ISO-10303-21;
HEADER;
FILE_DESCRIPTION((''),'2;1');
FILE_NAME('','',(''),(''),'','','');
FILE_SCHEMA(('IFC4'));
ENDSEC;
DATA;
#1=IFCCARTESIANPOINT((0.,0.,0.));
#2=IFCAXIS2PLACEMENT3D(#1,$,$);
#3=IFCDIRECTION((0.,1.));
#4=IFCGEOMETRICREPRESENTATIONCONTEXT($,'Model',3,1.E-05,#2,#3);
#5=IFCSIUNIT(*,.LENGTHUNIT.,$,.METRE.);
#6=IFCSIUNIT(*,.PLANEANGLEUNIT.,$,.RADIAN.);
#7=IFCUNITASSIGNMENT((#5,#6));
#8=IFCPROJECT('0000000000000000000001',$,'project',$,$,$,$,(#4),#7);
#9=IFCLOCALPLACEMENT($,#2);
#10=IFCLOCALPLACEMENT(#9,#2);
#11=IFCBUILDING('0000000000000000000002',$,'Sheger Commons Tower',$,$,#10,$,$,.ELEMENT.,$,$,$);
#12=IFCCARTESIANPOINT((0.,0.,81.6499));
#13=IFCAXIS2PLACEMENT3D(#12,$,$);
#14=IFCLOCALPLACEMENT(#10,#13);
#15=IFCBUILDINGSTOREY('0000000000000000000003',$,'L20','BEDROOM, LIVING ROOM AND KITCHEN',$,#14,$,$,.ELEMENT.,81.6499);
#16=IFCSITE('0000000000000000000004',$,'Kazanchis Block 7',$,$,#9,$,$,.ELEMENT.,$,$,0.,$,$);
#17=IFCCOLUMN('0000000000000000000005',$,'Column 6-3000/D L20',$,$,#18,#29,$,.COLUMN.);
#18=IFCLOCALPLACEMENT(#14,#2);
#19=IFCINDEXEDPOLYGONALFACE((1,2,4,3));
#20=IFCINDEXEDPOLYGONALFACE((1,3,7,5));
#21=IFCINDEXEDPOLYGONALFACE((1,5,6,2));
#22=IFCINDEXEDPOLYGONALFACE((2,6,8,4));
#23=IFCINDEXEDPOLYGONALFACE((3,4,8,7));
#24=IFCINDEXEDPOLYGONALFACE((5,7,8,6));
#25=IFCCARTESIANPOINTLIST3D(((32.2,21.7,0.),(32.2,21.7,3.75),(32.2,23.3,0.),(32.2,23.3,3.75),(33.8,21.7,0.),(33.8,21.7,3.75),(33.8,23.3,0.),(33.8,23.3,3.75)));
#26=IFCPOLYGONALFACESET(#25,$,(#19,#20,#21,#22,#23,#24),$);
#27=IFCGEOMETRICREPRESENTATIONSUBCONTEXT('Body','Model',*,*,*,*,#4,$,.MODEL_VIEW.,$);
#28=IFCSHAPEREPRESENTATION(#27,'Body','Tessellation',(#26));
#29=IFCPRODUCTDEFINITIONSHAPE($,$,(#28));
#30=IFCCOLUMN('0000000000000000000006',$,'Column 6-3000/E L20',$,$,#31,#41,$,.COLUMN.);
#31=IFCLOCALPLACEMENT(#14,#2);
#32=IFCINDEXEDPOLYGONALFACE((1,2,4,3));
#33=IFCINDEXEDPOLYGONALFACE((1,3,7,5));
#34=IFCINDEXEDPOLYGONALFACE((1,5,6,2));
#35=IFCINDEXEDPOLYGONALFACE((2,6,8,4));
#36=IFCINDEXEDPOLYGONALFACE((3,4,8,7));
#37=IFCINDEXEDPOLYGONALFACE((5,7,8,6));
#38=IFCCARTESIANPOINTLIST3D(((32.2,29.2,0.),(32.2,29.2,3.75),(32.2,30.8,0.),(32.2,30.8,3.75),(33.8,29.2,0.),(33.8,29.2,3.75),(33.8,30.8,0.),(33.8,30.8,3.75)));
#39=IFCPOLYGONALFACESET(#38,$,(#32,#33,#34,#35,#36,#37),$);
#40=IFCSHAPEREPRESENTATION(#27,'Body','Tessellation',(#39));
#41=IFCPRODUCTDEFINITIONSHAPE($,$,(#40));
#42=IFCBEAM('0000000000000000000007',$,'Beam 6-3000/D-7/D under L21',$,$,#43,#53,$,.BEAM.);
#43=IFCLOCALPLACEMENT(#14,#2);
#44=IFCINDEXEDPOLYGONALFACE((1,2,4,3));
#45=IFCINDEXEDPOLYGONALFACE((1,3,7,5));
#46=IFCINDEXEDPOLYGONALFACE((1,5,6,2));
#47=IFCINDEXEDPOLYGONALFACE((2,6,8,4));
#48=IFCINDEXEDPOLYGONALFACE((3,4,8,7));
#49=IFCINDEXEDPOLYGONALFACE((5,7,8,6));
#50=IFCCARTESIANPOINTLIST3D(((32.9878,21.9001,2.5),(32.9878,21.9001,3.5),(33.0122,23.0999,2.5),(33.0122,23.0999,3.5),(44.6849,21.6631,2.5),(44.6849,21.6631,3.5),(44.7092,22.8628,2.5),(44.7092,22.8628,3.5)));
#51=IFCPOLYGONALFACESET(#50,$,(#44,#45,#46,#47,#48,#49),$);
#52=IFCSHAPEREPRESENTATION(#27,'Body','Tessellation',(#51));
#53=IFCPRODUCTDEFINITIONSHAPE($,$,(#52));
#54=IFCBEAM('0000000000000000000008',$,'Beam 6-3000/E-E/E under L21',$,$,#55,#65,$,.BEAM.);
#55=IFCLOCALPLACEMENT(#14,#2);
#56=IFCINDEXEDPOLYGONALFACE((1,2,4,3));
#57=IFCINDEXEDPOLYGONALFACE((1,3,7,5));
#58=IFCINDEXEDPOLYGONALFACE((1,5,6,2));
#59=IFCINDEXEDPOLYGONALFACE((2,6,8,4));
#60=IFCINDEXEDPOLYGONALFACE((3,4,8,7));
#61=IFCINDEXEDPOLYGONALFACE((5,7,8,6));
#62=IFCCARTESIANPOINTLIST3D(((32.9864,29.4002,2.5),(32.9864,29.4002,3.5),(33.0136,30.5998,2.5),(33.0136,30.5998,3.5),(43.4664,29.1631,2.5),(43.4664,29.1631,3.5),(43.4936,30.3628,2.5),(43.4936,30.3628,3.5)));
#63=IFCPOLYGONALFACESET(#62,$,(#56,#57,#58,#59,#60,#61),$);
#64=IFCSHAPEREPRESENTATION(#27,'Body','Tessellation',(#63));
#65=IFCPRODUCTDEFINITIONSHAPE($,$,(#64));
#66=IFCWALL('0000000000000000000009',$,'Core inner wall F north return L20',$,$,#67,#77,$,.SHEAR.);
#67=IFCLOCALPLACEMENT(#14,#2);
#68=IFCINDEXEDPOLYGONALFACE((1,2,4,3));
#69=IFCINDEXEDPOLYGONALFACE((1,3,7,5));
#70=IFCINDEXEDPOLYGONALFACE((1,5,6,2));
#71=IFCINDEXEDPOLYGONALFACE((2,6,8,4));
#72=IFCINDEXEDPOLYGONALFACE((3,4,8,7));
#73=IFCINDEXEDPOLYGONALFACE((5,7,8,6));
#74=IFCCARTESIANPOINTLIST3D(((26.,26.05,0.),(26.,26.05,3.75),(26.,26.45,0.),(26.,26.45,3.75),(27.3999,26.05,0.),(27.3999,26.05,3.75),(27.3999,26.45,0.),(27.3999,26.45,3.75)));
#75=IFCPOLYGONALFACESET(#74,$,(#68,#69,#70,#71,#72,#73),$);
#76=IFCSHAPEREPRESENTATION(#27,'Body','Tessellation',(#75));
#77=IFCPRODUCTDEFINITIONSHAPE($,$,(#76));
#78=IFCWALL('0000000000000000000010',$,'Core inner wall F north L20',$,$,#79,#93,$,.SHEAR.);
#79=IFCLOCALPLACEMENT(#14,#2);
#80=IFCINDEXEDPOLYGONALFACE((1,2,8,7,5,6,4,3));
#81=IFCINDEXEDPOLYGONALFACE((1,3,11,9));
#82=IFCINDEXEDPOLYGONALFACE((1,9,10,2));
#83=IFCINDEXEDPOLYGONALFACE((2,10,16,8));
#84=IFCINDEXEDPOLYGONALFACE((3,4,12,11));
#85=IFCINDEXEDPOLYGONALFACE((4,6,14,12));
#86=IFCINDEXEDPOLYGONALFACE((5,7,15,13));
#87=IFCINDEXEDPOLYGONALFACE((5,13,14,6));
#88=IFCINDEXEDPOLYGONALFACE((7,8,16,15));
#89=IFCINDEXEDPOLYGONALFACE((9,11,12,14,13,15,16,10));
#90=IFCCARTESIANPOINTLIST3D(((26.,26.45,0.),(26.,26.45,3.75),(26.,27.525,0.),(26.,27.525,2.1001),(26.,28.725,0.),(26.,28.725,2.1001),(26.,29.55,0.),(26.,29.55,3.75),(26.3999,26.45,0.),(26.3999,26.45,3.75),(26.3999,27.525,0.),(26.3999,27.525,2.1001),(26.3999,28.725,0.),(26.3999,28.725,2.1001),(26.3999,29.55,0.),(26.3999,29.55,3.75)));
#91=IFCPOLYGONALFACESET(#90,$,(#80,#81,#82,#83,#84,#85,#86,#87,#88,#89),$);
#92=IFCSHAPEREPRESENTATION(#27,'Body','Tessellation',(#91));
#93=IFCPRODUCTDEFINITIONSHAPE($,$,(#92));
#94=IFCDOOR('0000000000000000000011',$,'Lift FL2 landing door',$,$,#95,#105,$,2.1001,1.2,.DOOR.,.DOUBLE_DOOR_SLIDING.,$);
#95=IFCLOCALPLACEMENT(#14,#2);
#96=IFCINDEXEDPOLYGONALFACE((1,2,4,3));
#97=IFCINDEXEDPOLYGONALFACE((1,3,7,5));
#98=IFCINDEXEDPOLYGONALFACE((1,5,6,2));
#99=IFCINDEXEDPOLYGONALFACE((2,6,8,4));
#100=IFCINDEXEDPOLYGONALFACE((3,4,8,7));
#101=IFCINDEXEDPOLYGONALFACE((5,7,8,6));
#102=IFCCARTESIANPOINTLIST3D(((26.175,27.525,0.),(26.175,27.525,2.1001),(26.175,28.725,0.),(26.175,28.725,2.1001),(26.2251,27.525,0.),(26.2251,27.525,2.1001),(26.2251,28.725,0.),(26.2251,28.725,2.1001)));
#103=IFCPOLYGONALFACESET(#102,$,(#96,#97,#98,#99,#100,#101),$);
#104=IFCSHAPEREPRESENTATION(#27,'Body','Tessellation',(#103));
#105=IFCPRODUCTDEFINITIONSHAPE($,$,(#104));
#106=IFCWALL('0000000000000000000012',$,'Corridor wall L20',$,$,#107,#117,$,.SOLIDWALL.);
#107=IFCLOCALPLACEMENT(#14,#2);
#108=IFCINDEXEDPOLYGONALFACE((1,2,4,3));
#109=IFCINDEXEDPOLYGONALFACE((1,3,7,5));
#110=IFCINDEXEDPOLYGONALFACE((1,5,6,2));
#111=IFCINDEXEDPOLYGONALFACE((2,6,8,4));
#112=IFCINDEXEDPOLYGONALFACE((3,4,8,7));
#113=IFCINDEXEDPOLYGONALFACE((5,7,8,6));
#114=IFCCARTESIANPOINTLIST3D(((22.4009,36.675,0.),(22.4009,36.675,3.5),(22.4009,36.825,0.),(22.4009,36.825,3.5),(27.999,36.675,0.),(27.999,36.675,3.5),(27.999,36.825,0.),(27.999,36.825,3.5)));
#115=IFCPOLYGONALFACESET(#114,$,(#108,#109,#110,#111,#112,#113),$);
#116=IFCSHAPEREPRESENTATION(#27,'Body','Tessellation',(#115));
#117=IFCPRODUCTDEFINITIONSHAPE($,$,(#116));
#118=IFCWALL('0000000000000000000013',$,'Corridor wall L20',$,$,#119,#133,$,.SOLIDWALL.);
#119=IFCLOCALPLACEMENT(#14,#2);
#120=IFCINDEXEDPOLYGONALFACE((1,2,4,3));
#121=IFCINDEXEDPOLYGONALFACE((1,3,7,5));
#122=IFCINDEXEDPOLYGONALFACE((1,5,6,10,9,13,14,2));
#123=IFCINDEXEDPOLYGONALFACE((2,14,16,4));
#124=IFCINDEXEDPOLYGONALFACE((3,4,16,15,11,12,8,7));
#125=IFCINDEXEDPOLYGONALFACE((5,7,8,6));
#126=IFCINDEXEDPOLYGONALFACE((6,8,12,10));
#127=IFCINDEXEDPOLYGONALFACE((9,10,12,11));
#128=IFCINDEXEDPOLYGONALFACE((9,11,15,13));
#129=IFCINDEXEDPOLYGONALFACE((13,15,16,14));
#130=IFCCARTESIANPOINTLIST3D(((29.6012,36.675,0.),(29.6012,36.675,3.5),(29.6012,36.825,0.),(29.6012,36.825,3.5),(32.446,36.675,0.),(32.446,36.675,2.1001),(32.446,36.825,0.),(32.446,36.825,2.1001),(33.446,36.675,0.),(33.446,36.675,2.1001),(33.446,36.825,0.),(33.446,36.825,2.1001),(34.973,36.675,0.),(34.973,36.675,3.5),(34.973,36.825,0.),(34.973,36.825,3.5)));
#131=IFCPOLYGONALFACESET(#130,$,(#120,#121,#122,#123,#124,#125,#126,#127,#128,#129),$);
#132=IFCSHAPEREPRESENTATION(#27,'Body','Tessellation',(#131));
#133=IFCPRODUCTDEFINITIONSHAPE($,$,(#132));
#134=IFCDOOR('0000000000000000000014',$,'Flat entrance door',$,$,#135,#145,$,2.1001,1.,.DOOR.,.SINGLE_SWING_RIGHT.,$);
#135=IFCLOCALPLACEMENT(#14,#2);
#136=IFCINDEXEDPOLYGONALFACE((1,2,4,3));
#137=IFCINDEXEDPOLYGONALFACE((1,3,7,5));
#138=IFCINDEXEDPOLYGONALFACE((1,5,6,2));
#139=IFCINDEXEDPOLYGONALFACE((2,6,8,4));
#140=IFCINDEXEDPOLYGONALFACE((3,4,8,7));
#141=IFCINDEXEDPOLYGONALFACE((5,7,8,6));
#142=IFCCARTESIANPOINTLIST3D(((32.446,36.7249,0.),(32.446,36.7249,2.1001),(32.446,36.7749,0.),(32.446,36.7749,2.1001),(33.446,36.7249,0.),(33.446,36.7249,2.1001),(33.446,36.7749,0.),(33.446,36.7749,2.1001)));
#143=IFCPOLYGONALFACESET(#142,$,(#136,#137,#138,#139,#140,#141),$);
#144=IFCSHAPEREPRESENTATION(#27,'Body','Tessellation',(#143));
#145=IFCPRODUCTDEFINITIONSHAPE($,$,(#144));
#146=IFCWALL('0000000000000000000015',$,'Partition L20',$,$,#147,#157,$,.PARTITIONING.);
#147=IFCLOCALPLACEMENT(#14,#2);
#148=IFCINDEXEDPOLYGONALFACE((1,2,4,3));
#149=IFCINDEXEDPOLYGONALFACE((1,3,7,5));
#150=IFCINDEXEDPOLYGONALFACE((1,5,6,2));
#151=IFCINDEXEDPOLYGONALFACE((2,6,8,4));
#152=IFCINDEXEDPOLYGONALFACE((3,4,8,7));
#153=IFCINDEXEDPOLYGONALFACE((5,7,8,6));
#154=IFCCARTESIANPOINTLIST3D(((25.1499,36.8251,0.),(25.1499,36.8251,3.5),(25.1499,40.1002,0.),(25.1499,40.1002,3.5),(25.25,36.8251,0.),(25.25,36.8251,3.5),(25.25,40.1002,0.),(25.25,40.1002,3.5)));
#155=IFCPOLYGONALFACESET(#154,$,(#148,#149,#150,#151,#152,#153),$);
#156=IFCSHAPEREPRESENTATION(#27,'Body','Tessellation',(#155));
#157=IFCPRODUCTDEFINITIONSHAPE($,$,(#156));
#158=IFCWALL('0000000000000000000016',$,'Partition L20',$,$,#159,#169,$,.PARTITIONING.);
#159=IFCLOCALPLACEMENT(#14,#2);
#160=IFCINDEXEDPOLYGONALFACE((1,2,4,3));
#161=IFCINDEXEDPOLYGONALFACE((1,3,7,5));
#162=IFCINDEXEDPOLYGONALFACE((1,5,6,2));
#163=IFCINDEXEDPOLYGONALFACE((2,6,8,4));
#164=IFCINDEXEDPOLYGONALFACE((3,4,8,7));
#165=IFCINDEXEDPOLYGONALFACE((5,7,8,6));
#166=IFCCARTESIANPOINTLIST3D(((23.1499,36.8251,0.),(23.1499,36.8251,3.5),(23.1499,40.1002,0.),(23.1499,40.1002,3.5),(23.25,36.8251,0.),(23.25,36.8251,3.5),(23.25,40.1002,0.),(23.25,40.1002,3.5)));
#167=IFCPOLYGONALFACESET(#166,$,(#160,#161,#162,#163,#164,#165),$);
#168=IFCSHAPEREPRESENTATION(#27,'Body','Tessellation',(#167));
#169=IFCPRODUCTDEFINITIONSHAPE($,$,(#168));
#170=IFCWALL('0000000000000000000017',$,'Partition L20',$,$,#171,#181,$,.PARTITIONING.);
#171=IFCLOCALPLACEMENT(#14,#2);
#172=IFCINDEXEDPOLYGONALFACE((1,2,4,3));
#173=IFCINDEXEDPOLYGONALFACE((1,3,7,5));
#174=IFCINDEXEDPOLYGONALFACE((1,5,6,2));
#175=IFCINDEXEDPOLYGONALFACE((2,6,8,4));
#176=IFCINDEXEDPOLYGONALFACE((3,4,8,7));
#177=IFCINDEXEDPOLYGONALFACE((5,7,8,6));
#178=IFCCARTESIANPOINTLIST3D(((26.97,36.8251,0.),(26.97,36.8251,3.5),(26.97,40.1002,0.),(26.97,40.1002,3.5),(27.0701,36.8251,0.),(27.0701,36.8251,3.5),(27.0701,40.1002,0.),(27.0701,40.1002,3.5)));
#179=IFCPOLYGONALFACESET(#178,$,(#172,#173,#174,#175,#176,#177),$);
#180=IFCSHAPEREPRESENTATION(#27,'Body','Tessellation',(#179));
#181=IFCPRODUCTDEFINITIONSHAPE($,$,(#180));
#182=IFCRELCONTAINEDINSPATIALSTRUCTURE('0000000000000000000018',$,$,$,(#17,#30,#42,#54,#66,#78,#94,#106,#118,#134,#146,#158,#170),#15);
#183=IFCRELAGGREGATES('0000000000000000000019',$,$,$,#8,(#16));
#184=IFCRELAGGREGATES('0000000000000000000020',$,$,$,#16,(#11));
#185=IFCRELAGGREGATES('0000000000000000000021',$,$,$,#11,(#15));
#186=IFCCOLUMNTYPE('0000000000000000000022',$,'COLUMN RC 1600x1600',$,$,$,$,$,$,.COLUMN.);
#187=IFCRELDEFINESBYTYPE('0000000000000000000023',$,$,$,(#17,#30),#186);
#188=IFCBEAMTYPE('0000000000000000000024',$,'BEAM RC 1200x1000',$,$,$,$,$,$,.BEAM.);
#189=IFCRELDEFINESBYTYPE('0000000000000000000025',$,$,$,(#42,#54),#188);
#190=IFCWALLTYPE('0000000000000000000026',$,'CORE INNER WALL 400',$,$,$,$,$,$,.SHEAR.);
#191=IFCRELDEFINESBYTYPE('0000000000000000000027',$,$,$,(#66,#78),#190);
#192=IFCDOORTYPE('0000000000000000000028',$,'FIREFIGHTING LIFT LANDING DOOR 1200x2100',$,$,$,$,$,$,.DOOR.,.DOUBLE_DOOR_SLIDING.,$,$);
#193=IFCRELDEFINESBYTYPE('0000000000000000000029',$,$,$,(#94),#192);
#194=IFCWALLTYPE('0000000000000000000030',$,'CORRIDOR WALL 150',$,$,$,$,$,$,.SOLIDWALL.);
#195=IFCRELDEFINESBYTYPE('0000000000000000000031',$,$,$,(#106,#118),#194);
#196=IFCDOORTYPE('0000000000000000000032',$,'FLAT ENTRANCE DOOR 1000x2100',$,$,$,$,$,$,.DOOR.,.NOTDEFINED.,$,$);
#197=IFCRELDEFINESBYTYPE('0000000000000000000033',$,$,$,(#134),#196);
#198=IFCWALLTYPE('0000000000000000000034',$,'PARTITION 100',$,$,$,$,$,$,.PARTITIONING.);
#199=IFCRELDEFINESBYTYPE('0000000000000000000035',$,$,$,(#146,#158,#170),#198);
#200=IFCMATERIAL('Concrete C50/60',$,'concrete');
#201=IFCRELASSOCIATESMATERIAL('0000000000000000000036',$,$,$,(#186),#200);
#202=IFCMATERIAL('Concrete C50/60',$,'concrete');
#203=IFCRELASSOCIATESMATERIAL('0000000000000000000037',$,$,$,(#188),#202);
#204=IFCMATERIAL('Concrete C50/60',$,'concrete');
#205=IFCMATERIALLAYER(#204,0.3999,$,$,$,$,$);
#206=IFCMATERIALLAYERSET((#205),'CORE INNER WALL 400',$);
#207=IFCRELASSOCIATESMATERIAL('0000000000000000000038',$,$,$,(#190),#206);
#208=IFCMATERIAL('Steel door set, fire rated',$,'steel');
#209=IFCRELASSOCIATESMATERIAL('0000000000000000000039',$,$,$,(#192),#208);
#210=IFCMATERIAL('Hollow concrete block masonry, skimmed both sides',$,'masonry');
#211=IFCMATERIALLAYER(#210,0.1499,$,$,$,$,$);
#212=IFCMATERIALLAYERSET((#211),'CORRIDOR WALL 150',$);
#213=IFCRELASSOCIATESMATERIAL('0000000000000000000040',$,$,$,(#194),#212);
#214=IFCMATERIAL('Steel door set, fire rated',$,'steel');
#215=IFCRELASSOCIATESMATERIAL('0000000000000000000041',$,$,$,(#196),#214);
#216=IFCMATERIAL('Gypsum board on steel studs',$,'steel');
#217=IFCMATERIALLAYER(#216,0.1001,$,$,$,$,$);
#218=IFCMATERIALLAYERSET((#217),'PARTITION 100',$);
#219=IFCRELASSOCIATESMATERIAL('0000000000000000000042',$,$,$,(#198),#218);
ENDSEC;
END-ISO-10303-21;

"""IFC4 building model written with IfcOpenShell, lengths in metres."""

from ifc_helpers import new_model, si_unit, direction, frame, frame_2d, origin, origin_2d, place, context, subcontext, project, spatial, rectangle, extrude, material, layer, layer_set, material_profile, profile_set, type_object, element, fill, save


model = new_model("IFC4")

# Units and contexts
model_context = context("Model", 3, precision=1e-05, world=origin(), true_north=direction((0.0, 1.0)))
body_context = subcontext(model_context, "Body", "Model", "MODEL_VIEW")
ifc_project = project(units=[si_unit("LENGTHUNIT", "METRE"), si_unit("PLANEANGLEUNIT", "RADIAN")], contexts=[model_context])

# Site, building, storey
site_placement = place(None, origin())
site = spatial("IfcSite", under=ifc_project, at=site_placement, Name="Kazanchis Block 7", CompositionType="ELEMENT", RefElevation=0.0)
building_placement = place(site_placement, origin())
building = spatial("IfcBuilding", under=site, at=building_placement, Name="Sheger Commons Tower", CompositionType="ELEMENT")
storey_placement = place(building_placement, frame((0.0, 0.0, 81.6499)))
storey = spatial("IfcBuildingStorey", under=building, at=storey_placement, Name="L20", Description="BEDROOM, LIVING ROOM AND KITCHEN", CompositionType="ELEMENT", Elevation=81.6499)

# Columns
ifc_material_1 = material(Name="Concrete C50/60", Category="concrete")
ifc_material_profile_1 = material_profile(ifc_material_1, rectangle(XDim=1.6001, YDim=1.6001, at=origin_2d()), Name="RC 1600x1600")
ifc_profile_set_1 = profile_set([ifc_material_profile_1], Name="Concrete C50/60")
column_type = type_object("IfcColumnType", Name="COLUMN RC 1600x1600", PredefinedType="COLUMN", material=ifc_profile_set_1)
for number, where, z_axis, x_axis, name in (
    (1, (33.0, 22.5, 0.0), (0.0, 0.0, 1.0), (1.0, 0.0, 0.0), "Column 6-3000/D L20"),
    (2, (33.0, 30.0, 0.0), (0.0, 0.0, 1.0), (1.0, 0.0, 0.0), "Column 6-3000/E L20"),
):
    element("IfcColumn", number, at=place(storey_placement, frame(where, z_axis=z_axis, x_axis=x_axis)), inside=storey, type_object=column_type, Name=name, PredefinedType="COLUMN", context=body_context, shape_type="SweptSolid", body=[
        extrude(rectangle(XDim=1.6001, YDim=1.6001, at=origin_2d()), origin(), (0.0, 0.0, 1.0), 3.75),
    ])

# Beams
ifc_material_2 = material(Name="Concrete C50/60", Category="concrete")
ifc_material_profile_2 = material_profile(ifc_material_2, rectangle(XDim=1.2, YDim=1.0, at=origin_2d()), Name="RC 1200x1000")
ifc_profile_set_2 = profile_set([ifc_material_profile_2], Name="Concrete C50/60")
beam_type = type_object("IfcBeamType", Name="BEAM RC 1200x1000", PredefinedType="BEAM", material=ifc_profile_set_2)
beam_1_placement = place(storey_placement, frame((33.0, 22.5, 3.0), z_axis=(0.999795, -0.020263, 0.0), x_axis=(0.020263, 0.999795, 0.0)))
element("IfcBeam", 3, at=beam_1_placement, inside=storey, type_object=beam_type, Name="Beam 6-3000/D-7/D under L21", PredefinedType="BEAM", context=body_context, shape_type="SweptSolid", body=[
    extrude(rectangle(XDim=1.2, YDim=1.0, at=origin_2d()), origin(), (0.0, 0.0, 1.0), 11.6995),
])
beam_2_placement = place(storey_placement, frame((33.0, 30.0, 3.0), z_axis=(0.999744, -0.022615, 0.0), x_axis=(0.022615, 0.999744, 0.0)))
element("IfcBeam", 4, at=beam_2_placement, inside=storey, type_object=beam_type, Name="Beam 6-3000/E-E/E under L21", PredefinedType="BEAM", context=body_context, shape_type="SweptSolid", body=[
    extrude(rectangle(XDim=1.2, YDim=1.0, at=origin_2d()), origin(), (0.0, 0.0, 1.0), 10.4827),
])

# Wall
ifc_material_3 = material(Name="Concrete C50/60", Category="concrete")
ifc_layer_1 = layer(ifc_material_3, 0.3999)
ifc_layer_set_1 = layer_set([ifc_layer_1], Name="CORE INNER WALL 400")
wall_type_1 = type_object("IfcWallType", Name="CORE INNER WALL 400", PredefinedType="SHEAR", material=ifc_layer_set_1)
wall_1_placement = place(storey_placement, frame((26.0, 26.25, 0.0), z_axis=(0.0, 0.0, 1.0), x_axis=(1.0, 0.0, 0.0)))
element("IfcWall", 5, at=wall_1_placement, inside=storey, type_object=wall_type_1, Name="Core inner wall F north return L20", PredefinedType="SHEAR", context=body_context, shape_type="SweptSolid", body=[
    extrude(rectangle(XDim=1.3999, YDim=0.3999, at=frame_2d((0.7, 0.0))), origin(), (0.0, 0.0, 1.0), 3.75),
])

# Wall, opening, door
wall_2_placement = place(storey_placement, frame((26.2, 26.45, 0.0), z_axis=(0.0, 0.0, 1.0), x_axis=(0.0, 1.0, 0.0)))
wall_2 = element("IfcWall", 6, at=wall_2_placement, inside=storey, type_object=wall_type_1, Name="Core inner wall F north L20", PredefinedType="SHEAR", context=body_context, shape_type="SweptSolid", body=[
    extrude(rectangle(XDim=3.1001, YDim=0.3999, at=frame_2d((1.55, 0.0))), origin(), (0.0, 0.0, 1.0), 3.75),
])
opening_1_placement = place(wall_2_placement, frame((1.075, 0.0, 0.0)))
opening_1 = element("IfcOpeningElement", 7, at=opening_1_placement, cuts=wall_2, PredefinedType="OPENING", context=body_context, shape_type="SweptSolid", body=[
    extrude(rectangle(XDim=1.2, YDim=2.1001, at=frame_2d((0.6001, 1.05))), frame((0.0, 0.21, 0.0), z_axis=(0.0, -1.0, 0.0), x_axis=(1.0, 0.0, 0.0)), (0.0, 0.0, 1.0), 0.4199),
])
ifc_material_4 = material(Name="Steel door set, fire rated", Category="steel")
door_type_1 = type_object("IfcDoorType", Name="FIREFIGHTING LIFT LANDING DOOR 1200x2100", OperationType="DOUBLE_DOOR_SLIDING", PredefinedType="DOOR", material=ifc_material_4)
door_1_placement = place(opening_1_placement, origin())
door_1 = element("IfcDoor", 8, at=door_1_placement, inside=storey, type_object=door_type_1, Name="Lift FL2 landing door", OperationType="DOUBLE_DOOR_SLIDING", OverallHeight=2.1001, OverallWidth=1.2, PredefinedType="DOOR", context=body_context, shape_type="SweptSolid", body=[
    extrude(rectangle(XDim=1.2, YDim=2.1001, at=frame_2d((0.6001, 1.05))), frame((0.0, 0.0249, 0.0), z_axis=(0.0, -1.0, 0.0), x_axis=(1.0, 0.0, 0.0)), (0.0, 0.0, 1.0), 0.05),
])
fill(opening_1, door_1)

# Wall
ifc_material_5 = material(Name="Hollow concrete block masonry, skimmed both sides", Category="masonry")
ifc_layer_2 = layer(ifc_material_5, 0.1499)
ifc_layer_set_2 = layer_set([ifc_layer_2], Name="CORRIDOR WALL 150")
wall_type_2 = type_object("IfcWallType", Name="CORRIDOR WALL 150", PredefinedType="SOLIDWALL", material=ifc_layer_set_2)
wall_3_placement = place(storey_placement, frame((22.4009, 36.75, 0.0), z_axis=(0.0, 0.0, 1.0), x_axis=(1.0, 0.0, 0.0)))
element("IfcWall", 9, at=wall_3_placement, inside=storey, type_object=wall_type_2, Name="Corridor wall L20", PredefinedType="SOLIDWALL", context=body_context, shape_type="SweptSolid", body=[
    extrude(rectangle(XDim=5.5981, YDim=0.1499, at=frame_2d((2.7991, 0.0))), origin(), (0.0, 0.0, 1.0), 3.5),
])

# Wall, opening, door
wall_4_placement = place(storey_placement, frame((29.6011, 36.75, 0.0), z_axis=(0.0, 0.0, 1.0), x_axis=(1.0, 0.0, 0.0)))
wall_4 = element("IfcWall", 10, at=wall_4_placement, inside=storey, type_object=wall_type_2, Name="Corridor wall L20", PredefinedType="SOLIDWALL", context=body_context, shape_type="SweptSolid", body=[
    extrude(rectangle(XDim=5.3718, YDim=0.1499, at=frame_2d((2.686, 0.0))), origin(), (0.0, 0.0, 1.0), 3.5),
])
opening_2_placement = place(wall_4_placement, frame((2.845, 0.0, 0.0)))
opening_2 = element("IfcOpeningElement", 11, at=opening_2_placement, cuts=wall_4, PredefinedType="OPENING", context=body_context, shape_type="SweptSolid", body=[
    extrude(rectangle(XDim=1.0, YDim=2.1001, at=frame_2d((0.5, 1.05))), frame((0.0, 0.085, 0.0), z_axis=(0.0, -1.0, 0.0), x_axis=(1.0, 0.0, 0.0)), (0.0, 0.0, 1.0), 0.1699),
])
ifc_material_6 = material(Name="Steel door set, fire rated", Category="steel")
door_type_2 = type_object("IfcDoorType", Name="FLAT ENTRANCE DOOR 1000x2100", OperationType="NOTDEFINED", PredefinedType="DOOR", material=ifc_material_6)
door_2_placement = place(opening_2_placement, origin())
door_2 = element("IfcDoor", 12, at=door_2_placement, inside=storey, type_object=door_type_2, Name="Flat entrance door", OperationType="SINGLE_SWING_RIGHT", OverallHeight=2.1001, OverallWidth=1.0, PredefinedType="DOOR", context=body_context, shape_type="SweptSolid", body=[
    extrude(rectangle(XDim=1.0, YDim=2.1001, at=frame_2d((0.5, 1.05))), frame((0.0, 0.0249, 0.0), z_axis=(0.0, -1.0, 0.0), x_axis=(1.0, 0.0, 0.0)), (0.0, 0.0, 1.0), 0.05),
])
fill(opening_2, door_2)

# Walls
ifc_material_7 = material(Name="Gypsum board on steel studs", Category="steel")
ifc_layer_3 = layer(ifc_material_7, 0.1001)
ifc_layer_set_3 = layer_set([ifc_layer_3], Name="PARTITION 100")
wall_type_3 = type_object("IfcWallType", Name="PARTITION 100", PredefinedType="PARTITIONING", material=ifc_layer_set_3)
for number, where, z_axis, x_axis, name in (
    (13, (25.2, 36.825, 0.0), (0.0, 0.0, 1.0), (0.0, 1.0, 0.0), "Partition L20"),
    (14, (23.2, 36.825, 0.0), (0.0, 0.0, 1.0), (0.0, 1.0, 0.0), "Partition L20"),
    (15, (27.02, 36.825, 0.0), (0.0, 0.0, 1.0), (0.0, 1.0, 0.0), "Partition L20"),
):
    element("IfcWall", number, at=place(storey_placement, frame(where, z_axis=z_axis, x_axis=x_axis)), inside=storey, type_object=wall_type_3, Name=name, PredefinedType="PARTITIONING", context=body_context, shape_type="SweptSolid", body=[
        extrude(rectangle(XDim=3.2751, YDim=0.1001, at=frame_2d((1.6377, 0.0))), origin(), (0.0, 0.0, 1.0), 3.5),
    ])

save(model, "model.ifc")
